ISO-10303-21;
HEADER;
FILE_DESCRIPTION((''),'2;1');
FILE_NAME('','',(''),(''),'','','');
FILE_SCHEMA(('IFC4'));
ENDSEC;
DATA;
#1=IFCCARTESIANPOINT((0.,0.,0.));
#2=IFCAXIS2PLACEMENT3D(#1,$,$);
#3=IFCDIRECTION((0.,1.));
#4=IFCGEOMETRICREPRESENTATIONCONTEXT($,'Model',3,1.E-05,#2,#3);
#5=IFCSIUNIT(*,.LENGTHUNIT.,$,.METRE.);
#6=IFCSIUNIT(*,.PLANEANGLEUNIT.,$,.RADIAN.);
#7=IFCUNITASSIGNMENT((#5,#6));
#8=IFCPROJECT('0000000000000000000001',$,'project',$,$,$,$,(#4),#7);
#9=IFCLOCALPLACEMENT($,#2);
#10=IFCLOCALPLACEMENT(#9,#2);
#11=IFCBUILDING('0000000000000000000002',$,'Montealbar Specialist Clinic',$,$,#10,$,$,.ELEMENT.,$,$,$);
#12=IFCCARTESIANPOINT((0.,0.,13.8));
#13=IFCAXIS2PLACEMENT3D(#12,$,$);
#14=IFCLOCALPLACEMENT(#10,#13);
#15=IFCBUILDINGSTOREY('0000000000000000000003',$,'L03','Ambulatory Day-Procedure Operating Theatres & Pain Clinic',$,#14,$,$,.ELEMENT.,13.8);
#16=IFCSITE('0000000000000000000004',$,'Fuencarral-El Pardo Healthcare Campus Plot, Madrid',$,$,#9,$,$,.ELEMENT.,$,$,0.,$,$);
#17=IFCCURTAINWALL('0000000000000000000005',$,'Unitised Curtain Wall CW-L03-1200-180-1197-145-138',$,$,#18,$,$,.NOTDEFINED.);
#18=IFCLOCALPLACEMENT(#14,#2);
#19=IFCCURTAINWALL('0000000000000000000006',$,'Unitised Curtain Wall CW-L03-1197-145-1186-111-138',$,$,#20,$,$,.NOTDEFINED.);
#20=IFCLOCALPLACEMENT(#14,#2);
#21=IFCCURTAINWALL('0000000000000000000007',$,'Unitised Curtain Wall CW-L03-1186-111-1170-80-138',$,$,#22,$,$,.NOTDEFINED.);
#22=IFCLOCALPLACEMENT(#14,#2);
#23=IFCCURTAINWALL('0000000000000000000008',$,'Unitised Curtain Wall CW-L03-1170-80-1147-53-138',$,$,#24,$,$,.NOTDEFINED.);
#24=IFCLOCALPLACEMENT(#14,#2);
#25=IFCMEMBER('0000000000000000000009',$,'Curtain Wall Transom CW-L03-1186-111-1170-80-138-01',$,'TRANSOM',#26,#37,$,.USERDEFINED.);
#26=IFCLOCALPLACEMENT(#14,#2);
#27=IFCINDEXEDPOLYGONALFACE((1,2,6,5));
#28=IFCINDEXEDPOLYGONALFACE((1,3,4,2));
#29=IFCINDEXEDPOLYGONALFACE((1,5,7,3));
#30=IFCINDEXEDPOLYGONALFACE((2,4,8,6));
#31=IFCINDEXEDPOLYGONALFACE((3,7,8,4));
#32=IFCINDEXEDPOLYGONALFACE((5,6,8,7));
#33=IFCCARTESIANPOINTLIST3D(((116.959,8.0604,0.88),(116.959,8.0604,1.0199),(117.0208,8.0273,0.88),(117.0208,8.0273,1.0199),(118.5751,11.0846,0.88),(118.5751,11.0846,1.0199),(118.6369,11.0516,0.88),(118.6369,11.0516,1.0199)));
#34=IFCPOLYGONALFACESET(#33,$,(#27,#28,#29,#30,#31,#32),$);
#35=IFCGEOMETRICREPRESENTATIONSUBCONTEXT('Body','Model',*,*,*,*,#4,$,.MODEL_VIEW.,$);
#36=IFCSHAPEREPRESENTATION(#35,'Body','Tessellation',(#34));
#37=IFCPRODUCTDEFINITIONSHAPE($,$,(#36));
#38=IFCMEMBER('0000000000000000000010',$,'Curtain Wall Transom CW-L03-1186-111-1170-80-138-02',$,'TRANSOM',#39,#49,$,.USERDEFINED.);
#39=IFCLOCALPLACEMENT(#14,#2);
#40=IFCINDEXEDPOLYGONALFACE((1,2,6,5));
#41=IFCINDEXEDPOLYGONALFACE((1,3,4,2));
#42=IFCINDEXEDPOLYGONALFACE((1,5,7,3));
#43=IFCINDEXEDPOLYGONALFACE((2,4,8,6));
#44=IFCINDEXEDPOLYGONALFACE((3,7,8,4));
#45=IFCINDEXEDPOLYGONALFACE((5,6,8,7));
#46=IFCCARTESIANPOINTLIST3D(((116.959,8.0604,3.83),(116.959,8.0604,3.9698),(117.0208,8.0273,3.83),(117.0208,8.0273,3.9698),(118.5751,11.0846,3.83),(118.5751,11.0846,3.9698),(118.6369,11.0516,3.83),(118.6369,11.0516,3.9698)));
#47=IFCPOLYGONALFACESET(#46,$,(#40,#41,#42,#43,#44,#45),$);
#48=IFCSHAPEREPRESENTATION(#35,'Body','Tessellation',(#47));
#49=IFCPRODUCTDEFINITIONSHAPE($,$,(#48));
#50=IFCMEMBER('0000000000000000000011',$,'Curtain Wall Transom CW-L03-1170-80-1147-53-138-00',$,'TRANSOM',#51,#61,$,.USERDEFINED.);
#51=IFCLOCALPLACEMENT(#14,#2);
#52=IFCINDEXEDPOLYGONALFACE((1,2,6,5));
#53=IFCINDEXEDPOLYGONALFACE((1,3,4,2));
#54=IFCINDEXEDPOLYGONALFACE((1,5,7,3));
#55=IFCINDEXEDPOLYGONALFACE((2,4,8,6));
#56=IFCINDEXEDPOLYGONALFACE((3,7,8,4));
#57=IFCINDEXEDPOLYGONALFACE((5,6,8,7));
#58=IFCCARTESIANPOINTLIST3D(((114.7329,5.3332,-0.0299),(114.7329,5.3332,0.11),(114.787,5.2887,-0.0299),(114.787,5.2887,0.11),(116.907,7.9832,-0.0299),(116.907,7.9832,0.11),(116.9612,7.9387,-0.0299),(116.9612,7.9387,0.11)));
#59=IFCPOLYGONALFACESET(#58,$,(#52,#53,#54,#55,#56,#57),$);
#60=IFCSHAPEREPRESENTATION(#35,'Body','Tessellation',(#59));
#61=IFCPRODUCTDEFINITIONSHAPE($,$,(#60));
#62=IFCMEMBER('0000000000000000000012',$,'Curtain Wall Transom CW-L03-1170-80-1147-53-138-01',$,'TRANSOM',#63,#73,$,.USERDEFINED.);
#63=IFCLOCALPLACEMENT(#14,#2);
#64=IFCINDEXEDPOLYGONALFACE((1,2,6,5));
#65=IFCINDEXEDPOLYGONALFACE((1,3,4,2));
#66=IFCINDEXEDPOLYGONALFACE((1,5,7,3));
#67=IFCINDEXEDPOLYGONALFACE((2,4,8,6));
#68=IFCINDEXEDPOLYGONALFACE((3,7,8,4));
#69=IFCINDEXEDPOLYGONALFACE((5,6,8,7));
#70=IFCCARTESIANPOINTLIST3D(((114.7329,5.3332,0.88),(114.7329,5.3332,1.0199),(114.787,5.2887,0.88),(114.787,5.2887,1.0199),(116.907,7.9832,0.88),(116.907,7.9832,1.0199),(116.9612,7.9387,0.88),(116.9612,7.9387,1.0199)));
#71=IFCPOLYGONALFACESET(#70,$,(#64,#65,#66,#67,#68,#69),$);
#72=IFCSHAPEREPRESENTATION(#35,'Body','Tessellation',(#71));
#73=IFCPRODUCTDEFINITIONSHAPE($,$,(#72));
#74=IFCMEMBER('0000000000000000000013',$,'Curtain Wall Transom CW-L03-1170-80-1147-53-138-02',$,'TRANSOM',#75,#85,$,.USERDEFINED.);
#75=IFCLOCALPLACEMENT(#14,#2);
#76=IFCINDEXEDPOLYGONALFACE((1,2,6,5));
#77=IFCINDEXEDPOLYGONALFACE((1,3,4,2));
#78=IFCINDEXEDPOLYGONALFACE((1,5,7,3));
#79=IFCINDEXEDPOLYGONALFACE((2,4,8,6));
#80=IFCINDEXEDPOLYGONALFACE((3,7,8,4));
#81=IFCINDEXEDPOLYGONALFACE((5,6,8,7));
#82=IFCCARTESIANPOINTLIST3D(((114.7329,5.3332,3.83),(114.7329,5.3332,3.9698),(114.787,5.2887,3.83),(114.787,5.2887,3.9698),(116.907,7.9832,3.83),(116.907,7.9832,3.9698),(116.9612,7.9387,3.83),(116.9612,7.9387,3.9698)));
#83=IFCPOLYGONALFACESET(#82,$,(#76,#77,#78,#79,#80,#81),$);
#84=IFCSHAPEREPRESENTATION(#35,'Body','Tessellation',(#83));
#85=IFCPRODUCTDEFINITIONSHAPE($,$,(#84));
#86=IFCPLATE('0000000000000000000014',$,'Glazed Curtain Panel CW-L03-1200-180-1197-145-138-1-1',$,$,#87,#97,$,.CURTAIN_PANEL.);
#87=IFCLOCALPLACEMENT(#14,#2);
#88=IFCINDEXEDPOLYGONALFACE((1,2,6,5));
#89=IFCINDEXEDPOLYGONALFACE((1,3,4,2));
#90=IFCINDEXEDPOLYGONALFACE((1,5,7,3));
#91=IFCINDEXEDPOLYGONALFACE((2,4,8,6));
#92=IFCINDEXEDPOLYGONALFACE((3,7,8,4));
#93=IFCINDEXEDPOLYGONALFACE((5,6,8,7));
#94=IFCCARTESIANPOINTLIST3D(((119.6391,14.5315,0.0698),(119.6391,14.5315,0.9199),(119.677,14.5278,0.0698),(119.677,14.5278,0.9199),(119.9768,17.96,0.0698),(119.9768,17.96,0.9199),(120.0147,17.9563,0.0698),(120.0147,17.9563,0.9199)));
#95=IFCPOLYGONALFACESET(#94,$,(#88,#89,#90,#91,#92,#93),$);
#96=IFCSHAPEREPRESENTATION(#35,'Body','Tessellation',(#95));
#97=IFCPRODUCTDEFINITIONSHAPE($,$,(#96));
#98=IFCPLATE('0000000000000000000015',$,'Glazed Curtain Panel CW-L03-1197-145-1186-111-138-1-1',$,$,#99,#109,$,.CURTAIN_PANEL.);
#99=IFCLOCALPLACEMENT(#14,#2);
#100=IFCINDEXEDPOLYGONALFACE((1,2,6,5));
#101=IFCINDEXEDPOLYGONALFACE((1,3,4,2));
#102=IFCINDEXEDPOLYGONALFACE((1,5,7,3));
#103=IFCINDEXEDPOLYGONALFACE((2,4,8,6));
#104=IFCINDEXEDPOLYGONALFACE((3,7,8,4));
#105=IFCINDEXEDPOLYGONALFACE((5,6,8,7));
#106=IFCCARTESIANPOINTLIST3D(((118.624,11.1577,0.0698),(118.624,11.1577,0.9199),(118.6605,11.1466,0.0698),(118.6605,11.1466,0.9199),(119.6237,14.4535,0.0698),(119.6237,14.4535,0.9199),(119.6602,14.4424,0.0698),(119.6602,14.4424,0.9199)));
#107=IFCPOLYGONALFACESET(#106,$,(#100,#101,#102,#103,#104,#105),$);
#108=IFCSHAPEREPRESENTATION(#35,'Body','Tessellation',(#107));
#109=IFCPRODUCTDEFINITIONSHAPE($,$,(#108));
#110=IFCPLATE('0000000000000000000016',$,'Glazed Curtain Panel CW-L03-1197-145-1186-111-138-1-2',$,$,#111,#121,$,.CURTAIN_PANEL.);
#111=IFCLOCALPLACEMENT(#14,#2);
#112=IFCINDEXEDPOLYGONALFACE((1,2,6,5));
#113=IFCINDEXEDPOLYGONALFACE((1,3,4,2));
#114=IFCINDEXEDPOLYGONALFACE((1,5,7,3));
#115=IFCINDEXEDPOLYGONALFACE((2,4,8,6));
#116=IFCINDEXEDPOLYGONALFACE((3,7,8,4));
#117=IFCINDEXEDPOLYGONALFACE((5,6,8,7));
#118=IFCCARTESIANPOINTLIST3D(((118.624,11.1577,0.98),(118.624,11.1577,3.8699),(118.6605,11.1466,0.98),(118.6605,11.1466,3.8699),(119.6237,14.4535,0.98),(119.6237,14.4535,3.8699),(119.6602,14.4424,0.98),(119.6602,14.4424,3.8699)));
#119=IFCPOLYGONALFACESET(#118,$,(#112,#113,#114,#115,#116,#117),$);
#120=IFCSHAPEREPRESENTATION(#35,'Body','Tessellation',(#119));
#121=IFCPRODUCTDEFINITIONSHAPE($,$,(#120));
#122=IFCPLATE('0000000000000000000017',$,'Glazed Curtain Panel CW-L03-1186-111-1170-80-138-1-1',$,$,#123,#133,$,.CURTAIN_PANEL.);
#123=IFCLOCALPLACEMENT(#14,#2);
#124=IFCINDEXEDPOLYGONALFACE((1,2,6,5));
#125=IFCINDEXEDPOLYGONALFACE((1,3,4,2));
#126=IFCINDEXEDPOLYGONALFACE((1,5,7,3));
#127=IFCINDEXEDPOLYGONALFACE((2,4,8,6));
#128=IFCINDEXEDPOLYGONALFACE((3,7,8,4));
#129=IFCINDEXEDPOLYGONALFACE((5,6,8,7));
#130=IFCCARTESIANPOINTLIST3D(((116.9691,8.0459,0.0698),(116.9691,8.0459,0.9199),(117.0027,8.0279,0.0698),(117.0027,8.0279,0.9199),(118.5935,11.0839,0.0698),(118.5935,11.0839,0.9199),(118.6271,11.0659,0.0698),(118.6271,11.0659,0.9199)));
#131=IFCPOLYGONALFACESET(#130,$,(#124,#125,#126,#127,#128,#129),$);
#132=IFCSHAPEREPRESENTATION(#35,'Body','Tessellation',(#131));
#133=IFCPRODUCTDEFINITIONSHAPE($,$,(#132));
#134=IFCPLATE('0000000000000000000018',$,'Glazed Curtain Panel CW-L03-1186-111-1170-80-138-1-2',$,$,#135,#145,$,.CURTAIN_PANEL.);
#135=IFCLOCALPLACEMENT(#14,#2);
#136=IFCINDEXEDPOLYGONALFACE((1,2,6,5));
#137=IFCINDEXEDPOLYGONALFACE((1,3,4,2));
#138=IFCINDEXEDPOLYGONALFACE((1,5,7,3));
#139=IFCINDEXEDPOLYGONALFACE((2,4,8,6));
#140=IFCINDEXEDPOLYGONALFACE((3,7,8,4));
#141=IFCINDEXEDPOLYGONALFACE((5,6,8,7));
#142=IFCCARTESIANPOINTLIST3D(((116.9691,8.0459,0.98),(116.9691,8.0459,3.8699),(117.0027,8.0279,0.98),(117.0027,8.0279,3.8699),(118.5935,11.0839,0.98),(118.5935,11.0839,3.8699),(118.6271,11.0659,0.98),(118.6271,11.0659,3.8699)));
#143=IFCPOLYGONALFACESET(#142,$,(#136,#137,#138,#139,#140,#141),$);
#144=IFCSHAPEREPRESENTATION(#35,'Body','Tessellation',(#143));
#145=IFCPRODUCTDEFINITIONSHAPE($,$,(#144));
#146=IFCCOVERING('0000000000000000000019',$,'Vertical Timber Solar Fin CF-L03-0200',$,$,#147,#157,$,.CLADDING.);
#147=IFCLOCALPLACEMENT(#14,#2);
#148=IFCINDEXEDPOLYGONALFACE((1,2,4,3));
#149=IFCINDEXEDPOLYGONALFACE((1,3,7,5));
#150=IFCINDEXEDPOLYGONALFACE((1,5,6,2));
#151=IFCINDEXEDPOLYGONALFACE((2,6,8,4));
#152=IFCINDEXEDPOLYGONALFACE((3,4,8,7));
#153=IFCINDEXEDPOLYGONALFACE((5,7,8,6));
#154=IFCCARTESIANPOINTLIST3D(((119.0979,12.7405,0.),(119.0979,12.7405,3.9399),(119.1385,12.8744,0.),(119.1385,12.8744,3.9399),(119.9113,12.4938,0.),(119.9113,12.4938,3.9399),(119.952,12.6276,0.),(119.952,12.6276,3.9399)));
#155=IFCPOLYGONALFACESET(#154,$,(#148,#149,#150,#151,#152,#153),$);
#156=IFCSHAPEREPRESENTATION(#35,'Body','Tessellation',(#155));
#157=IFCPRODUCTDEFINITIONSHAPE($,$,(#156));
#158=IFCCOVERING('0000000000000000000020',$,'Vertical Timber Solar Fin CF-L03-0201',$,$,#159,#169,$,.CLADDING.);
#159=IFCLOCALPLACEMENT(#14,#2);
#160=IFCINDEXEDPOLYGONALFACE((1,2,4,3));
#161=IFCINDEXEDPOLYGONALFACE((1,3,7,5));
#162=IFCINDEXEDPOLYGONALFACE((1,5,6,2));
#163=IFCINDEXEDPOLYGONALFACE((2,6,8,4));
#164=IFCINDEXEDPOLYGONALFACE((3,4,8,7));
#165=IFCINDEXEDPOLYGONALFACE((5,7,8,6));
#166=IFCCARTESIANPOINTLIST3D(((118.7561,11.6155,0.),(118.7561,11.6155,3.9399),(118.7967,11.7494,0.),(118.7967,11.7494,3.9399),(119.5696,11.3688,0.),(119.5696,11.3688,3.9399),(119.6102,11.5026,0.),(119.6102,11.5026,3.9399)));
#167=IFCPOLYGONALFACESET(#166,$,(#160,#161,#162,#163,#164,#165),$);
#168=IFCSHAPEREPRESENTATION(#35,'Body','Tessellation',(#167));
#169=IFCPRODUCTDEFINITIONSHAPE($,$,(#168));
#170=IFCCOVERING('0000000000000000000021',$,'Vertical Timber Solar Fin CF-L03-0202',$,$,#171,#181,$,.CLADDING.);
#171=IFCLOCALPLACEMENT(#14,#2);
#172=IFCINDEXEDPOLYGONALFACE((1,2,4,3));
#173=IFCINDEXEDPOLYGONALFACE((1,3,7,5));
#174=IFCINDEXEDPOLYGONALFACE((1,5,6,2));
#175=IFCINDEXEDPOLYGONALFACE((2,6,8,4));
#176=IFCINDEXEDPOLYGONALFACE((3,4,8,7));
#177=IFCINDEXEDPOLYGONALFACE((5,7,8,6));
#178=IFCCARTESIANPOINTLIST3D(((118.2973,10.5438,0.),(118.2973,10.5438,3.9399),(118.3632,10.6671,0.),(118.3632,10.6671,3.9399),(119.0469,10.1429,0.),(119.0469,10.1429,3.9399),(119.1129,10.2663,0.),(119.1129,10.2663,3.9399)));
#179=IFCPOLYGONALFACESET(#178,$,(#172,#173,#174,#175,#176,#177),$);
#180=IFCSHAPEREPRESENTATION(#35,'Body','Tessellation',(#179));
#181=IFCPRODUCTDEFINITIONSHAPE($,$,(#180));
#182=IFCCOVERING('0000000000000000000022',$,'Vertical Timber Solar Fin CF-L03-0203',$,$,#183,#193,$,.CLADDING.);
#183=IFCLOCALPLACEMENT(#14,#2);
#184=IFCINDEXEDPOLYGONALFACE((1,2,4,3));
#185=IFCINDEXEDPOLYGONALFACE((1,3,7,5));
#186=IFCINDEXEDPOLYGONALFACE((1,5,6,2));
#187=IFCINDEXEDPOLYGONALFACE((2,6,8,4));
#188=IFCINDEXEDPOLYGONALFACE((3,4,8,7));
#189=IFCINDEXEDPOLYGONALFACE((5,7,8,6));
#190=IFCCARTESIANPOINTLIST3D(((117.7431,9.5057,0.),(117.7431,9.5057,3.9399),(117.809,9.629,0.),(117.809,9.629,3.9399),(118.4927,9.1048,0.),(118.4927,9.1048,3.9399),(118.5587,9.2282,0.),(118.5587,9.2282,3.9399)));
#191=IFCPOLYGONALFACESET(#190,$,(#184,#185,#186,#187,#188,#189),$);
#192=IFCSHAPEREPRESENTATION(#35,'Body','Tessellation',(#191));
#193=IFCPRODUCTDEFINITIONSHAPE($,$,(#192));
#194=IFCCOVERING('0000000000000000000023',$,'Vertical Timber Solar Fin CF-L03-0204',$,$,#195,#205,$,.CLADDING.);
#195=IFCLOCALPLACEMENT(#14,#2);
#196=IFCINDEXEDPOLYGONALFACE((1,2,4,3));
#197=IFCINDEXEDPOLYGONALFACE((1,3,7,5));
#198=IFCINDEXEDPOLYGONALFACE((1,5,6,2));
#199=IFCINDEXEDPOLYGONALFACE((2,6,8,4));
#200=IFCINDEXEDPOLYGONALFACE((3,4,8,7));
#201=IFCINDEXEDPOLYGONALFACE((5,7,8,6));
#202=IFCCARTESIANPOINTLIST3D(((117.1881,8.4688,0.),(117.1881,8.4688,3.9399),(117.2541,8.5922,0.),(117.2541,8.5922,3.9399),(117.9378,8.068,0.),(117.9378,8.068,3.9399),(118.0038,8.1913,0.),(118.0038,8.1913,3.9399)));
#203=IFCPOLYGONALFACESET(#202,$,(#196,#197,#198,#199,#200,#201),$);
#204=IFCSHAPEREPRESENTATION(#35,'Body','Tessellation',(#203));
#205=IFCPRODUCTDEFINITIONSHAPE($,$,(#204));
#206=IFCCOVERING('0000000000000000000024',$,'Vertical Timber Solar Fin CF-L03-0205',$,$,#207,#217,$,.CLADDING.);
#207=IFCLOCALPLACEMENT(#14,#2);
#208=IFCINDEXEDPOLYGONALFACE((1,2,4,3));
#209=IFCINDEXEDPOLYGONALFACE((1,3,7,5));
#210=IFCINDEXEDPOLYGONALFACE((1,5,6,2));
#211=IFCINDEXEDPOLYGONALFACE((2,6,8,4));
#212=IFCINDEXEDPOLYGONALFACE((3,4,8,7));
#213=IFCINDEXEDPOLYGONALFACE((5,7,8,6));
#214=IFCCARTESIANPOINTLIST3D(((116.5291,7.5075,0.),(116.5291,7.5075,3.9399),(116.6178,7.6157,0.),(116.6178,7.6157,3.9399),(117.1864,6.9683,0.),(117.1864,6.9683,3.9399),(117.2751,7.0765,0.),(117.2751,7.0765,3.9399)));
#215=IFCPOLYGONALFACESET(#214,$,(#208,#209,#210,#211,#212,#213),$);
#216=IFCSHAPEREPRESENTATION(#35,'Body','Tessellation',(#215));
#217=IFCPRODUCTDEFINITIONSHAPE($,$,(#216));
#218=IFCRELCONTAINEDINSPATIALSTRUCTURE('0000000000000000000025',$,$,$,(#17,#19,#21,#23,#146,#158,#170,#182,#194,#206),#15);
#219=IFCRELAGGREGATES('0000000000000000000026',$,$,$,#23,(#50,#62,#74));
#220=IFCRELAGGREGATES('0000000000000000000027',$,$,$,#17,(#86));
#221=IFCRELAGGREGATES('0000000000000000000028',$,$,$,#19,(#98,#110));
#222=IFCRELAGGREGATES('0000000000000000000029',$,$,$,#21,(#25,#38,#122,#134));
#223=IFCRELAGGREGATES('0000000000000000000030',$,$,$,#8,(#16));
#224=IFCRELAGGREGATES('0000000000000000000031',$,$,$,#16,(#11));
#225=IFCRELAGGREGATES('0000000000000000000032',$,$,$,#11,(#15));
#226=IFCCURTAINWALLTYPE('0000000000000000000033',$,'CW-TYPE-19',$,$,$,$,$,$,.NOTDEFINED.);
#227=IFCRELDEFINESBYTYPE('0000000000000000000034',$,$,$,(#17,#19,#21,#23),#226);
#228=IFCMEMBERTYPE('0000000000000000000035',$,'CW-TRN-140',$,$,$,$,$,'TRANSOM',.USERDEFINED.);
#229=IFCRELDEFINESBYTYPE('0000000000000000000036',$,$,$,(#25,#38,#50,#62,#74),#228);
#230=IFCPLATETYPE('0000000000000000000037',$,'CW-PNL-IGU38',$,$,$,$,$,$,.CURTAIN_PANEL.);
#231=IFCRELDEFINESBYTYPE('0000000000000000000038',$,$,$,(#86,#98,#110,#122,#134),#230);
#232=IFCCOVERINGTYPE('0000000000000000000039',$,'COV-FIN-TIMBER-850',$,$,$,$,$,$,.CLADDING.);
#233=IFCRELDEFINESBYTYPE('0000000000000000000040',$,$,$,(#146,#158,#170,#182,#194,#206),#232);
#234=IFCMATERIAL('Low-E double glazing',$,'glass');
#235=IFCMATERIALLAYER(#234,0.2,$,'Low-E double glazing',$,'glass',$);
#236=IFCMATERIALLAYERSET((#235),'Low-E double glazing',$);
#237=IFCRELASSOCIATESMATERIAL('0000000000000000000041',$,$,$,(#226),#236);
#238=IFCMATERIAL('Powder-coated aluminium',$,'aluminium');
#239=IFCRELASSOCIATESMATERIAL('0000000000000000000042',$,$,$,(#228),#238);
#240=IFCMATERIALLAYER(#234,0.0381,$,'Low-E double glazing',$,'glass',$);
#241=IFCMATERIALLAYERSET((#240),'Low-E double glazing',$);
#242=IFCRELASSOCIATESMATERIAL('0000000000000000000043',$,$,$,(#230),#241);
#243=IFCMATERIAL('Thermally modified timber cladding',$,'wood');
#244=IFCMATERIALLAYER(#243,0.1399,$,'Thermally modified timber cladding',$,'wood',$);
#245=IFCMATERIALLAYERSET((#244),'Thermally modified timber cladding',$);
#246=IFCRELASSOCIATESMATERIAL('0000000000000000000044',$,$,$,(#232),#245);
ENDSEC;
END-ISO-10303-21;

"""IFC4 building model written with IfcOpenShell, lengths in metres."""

from ifc_helpers import new_model, si_unit, direction, frame, origin, origin_2d, place, context, subcontext, project, spatial, rectangle, extrude, material, layer, layer_set, material_profile, profile_set, type_object, element, aggregate, save


model = new_model("IFC4")

# Units and contexts
model_context = context("Model", 3, precision=1e-05, world=origin(), true_north=direction((0.0, 1.0)))
body_context = subcontext(model_context, "Body", "Model", "MODEL_VIEW")
ifc_project = project(units=[si_unit("LENGTHUNIT", "METRE"), si_unit("PLANEANGLEUNIT", "RADIAN")], contexts=[model_context])

# Site, building, storey
site_placement = place(None, origin())
site = spatial("IfcSite", under=ifc_project, at=site_placement, Name="Fuencarral-El Pardo Healthcare Campus Plot, Madrid", CompositionType="ELEMENT", RefElevation=0.0)
building_placement = place(site_placement, origin())
building = spatial("IfcBuilding", under=site, at=building_placement, Name="Montealbar Specialist Clinic", CompositionType="ELEMENT")
storey_placement = place(building_placement, frame((0.0, 0.0, 13.8)))
storey = spatial("IfcBuildingStorey", under=building, at=storey_placement, Name="L03", Description="Ambulatory Day-Procedure Operating Theatres & Pain Clinic", CompositionType="ELEMENT", Elevation=13.8)

# Curtain wall
ifc_material_1 = material(Name="Low-E double glazing", Category="glass")
ifc_layer_1 = layer(ifc_material_1, 0.2, Name="Low-E double glazing", Category="glass")
ifc_layer_set_1 = layer_set([ifc_layer_1], Name="Low-E double glazing")
curtain_wall_type = type_object("IfcCurtainWallType", Name="CW-TYPE-19", PredefinedType="NOTDEFINED", material=ifc_layer_set_1)
curtain_wall_1_placement = place(storey_placement, origin())
curtain_wall_1 = element("IfcCurtainWall", 1, at=curtain_wall_1_placement, inside=storey, type_object=curtain_wall_type, Name="Unitised Curtain Wall CW-L03-1200-180-1197-145-138", PredefinedType="NOTDEFINED")

# Curtain walls
curtain_wall_2_placement = place(storey_placement, origin())
curtain_wall_2 = element("IfcCurtainWall", 2, at=curtain_wall_2_placement, inside=storey, type_object=curtain_wall_type, Name="Unitised Curtain Wall CW-L03-1197-145-1186-111-138", PredefinedType="NOTDEFINED")
curtain_wall_3_placement = place(storey_placement, origin())
curtain_wall_3 = element("IfcCurtainWall", 3, at=curtain_wall_3_placement, inside=storey, type_object=curtain_wall_type, Name="Unitised Curtain Wall CW-L03-1186-111-1170-80-138", PredefinedType="NOTDEFINED")

# Curtain wall
curtain_wall_4_placement = place(storey_placement, origin())
curtain_wall_4 = element("IfcCurtainWall", 4, at=curtain_wall_4_placement, inside=storey, type_object=curtain_wall_type, Name="Unitised Curtain Wall CW-L03-1170-80-1147-53-138", PredefinedType="NOTDEFINED")

# Members
ifc_material_2 = material(Name="Powder-coated aluminium", Category="aluminium")
ifc_material_profile_1 = material_profile(ifc_material_2, rectangle(XDim=0.0701, YDim=0.1399, at=origin_2d()), Name="ALU 70x140", Category="aluminium")
ifc_profile_set_1 = profile_set([ifc_material_profile_1], Name="Powder-coated aluminium")
member_type_1 = type_object("IfcMemberType", Name="CW-TRN-140", ElementType="TRANSOM", PredefinedType="USERDEFINED", material=ifc_profile_set_1)
member_1_placement = place(storey_placement, frame((118.606, 11.0681, 0.95), z_axis=(-0.471287, -0.88198, 0.0), x_axis=(0.88198, -0.471287, 0.0)))
member_1 = element("IfcMember", 5, at=member_1_placement, type_object=member_type_1, Name="Curtain Wall Transom CW-L03-1186-111-1170-80-138-01", ObjectType="TRANSOM", PredefinedType="USERDEFINED", context=body_context, shape_type="SweptSolid", body=[
    extrude(rectangle(XDim=0.0701, YDim=0.1399, at=origin_2d()), origin(), (0.0, 0.0, 1.0), 3.429),
])
member_2_placement = place(storey_placement, frame((118.606, 11.0681, 3.8999), z_axis=(-0.471287, -0.88198, 0.0), x_axis=(0.88198, -0.471287, 0.0)))
member_2 = element("IfcMember", 6, at=member_2_placement, type_object=member_type_1, Name="Curtain Wall Transom CW-L03-1186-111-1170-80-138-02", ObjectType="TRANSOM", PredefinedType="USERDEFINED", context=body_context, shape_type="SweptSolid", body=[
    extrude(rectangle(XDim=0.0701, YDim=0.1399, at=origin_2d()), origin(), (0.0, 0.0, 1.0), 3.429),
])
member_3_placement = place(storey_placement, frame((116.9341, 7.9609, 0.04), z_axis=(-0.634281, -0.773103, 0.0), x_axis=(0.773103, -0.634281, 0.0)))
member_3 = element("IfcMember", 7, at=member_3_placement, type_object=member_type_1, Name="Curtain Wall Transom CW-L03-1170-80-1147-53-138-00", ObjectType="TRANSOM", PredefinedType="USERDEFINED", context=body_context, shape_type="SweptSolid", body=[
    extrude(rectangle(XDim=0.0701, YDim=0.1399, at=origin_2d()), origin(), (0.0, 0.0, 1.0), 3.4277),
])
member_4_placement = place(storey_placement, frame((116.9341, 7.9609, 0.95), z_axis=(-0.634281, -0.773103, 0.0), x_axis=(0.773103, -0.634281, 0.0)))
member_4 = element("IfcMember", 8, at=member_4_placement, type_object=member_type_1, Name="Curtain Wall Transom CW-L03-1170-80-1147-53-138-01", ObjectType="TRANSOM", PredefinedType="USERDEFINED", context=body_context, shape_type="SweptSolid", body=[
    extrude(rectangle(XDim=0.0701, YDim=0.1399, at=origin_2d()), origin(), (0.0, 0.0, 1.0), 3.4277),
])
member_5_placement = place(storey_placement, frame((116.9341, 7.9609, 3.8999), z_axis=(-0.634281, -0.773103, 0.0), x_axis=(0.773103, -0.634281, 0.0)))
member_5 = element("IfcMember", 9, at=member_5_placement, type_object=member_type_1, Name="Curtain Wall Transom CW-L03-1170-80-1147-53-138-02", ObjectType="TRANSOM", PredefinedType="USERDEFINED", context=body_context, shape_type="SweptSolid", body=[
    extrude(rectangle(XDim=0.0701, YDim=0.1399, at=origin_2d()), origin(), (0.0, 0.0, 1.0), 3.4277),
])
aggregate(curtain_wall_4, [member_3, member_4, member_5])

# Plates
ifc_layer_2 = layer(ifc_material_1, 0.0381, Name="Low-E double glazing", Category="glass")
ifc_layer_set_2 = layer_set([ifc_layer_2], Name="Low-E double glazing")
plate_type = type_object("IfcPlateType", Name="CW-PNL-IGU38", PredefinedType="CURTAIN_PANEL", material=ifc_layer_set_2)
plate_1_placement = place(storey_placement, frame((119.8269, 16.2439, 0.0698), z_axis=(0.0, 0.0, 1.0), x_axis=(-0.098045, -0.995182, 0.0)))
plate_1 = element("IfcPlate", 10, at=plate_1_placement, type_object=plate_type, Name="Glazed Curtain Panel CW-L03-1200-180-1197-145-138-1-1", PredefinedType="CURTAIN_PANEL", context=body_context, shape_type="SweptSolid", body=[
    extrude(rectangle(XDim=3.4451, YDim=0.0381, at=origin_2d()), origin(), (0.0, 0.0, 1.0), 0.8501),
])
aggregate(curtain_wall_1, [plate_1])
plate_2_placement = place(storey_placement, frame((119.1421, 12.8, 0.0698), z_axis=(0.0, 0.0, 1.0), x_axis=(-0.290259, -0.956948, 0.0)))
plate_2 = element("IfcPlate", 11, at=plate_2_placement, type_object=plate_type, Name="Glazed Curtain Panel CW-L03-1197-145-1186-111-138-1-1", PredefinedType="CURTAIN_PANEL", context=body_context, shape_type="SweptSolid", body=[
    extrude(rectangle(XDim=3.4441, YDim=0.0381, at=origin_2d()), origin(), (0.0, 0.0, 1.0), 0.8501),
])
plate_3_placement = place(storey_placement, frame((119.1421, 12.8, 0.98), z_axis=(0.0, 0.0, 1.0), x_axis=(-0.290259, -0.956948, 0.0)))
plate_3 = element("IfcPlate", 12, at=plate_3_placement, type_object=plate_type, Name="Glazed Curtain Panel CW-L03-1197-145-1186-111-138-1-2", PredefinedType="CURTAIN_PANEL", context=body_context, shape_type="SweptSolid", body=[
    extrude(rectangle(XDim=3.4441, YDim=0.0381, at=origin_2d()), origin(), (0.0, 0.0, 1.0), 2.8899),
])
aggregate(curtain_wall_2, [plate_2, plate_3])
plate_4_placement = place(storey_placement, frame((117.7981, 9.5559, 0.0698), z_axis=(0.0, 0.0, 1.0), x_axis=(-0.471529, -0.88185, 0.0)))
plate_4 = element("IfcPlate", 13, at=plate_4_placement, type_object=plate_type, Name="Glazed Curtain Panel CW-L03-1186-111-1170-80-138-1-1", PredefinedType="CURTAIN_PANEL", context=body_context, shape_type="SweptSolid", body=[
    extrude(rectangle(XDim=3.4451, YDim=0.0381, at=origin_2d()), origin(), (0.0, 0.0, 1.0), 0.8501),
])
plate_5_placement = place(storey_placement, frame((117.7981, 9.5559, 0.98), z_axis=(0.0, 0.0, 1.0), x_axis=(-0.471529, -0.88185, 0.0)))
plate_5 = element("IfcPlate", 14, at=plate_5_placement, type_object=plate_type, Name="Glazed Curtain Panel CW-L03-1186-111-1170-80-138-1-2", PredefinedType="CURTAIN_PANEL", context=body_context, shape_type="SweptSolid", body=[
    extrude(rectangle(XDim=3.4451, YDim=0.0381, at=origin_2d()), origin(), (0.0, 0.0, 1.0), 2.8899),
])
aggregate(curtain_wall_3, [member_1, member_2, plate_4, plate_5])

# Coverings
ifc_material_3 = material(Name="Thermally modified timber cladding", Category="wood")
ifc_layer_3 = layer(ifc_material_3, 0.1399, Name="Thermally modified timber cladding", Category="wood")
ifc_layer_set_3 = layer_set([ifc_layer_3], Name="Thermally modified timber cladding")
covering_type = type_object("IfcCoveringType", Name="COV-FIN-TIMBER-850", PredefinedType="CLADDING", material=ifc_layer_set_3)
for number, where, z_axis, x_axis, name in (
    (15, (119.5249, 12.6841, 0.0), (0.0, 0.0, 1.0), (0.956948, -0.290259, 0.0), "Vertical Timber Solar Fin CF-L03-0200"),
    (16, (119.1831, 11.5591, 0.0), (0.0, 0.0, 1.0), (0.956948, -0.290259, 0.0), "Vertical Timber Solar Fin CF-L03-0201"),
    (17, (118.7051, 10.405, 0.0), (0.0, 0.0, 1.0), (0.88185, -0.471529, 0.0), "Vertical Timber Solar Fin CF-L03-0202"),
    (18, (118.1509, 9.3669, 0.0), (0.0, 0.0, 1.0), (0.88185, -0.471529, 0.0), "Vertical Timber Solar Fin CF-L03-0203"),
    (19, (117.5959, 8.3301, 0.0), (0.0, 0.0, 1.0), (0.88185, -0.471529, 0.0), "Vertical Timber Solar Fin CF-L03-0204"),
    (20, (116.9021, 7.292, 0.0), (0.0, 0.0, 1.0), (0.773123, -0.634256, 0.0), "Vertical Timber Solar Fin CF-L03-0205"),
):
    element("IfcCovering", number, at=place(storey_placement, frame(where, z_axis=z_axis, x_axis=x_axis)), inside=storey, type_object=covering_type, Name=name, PredefinedType="CLADDING", context=body_context, shape_type="SweptSolid", body=[
        extrude(rectangle(XDim=0.8501, YDim=0.1399, at=origin_2d()), origin(), (0.0, 0.0, 1.0), 3.9399),
    ])

save(model, "model.ifc")
